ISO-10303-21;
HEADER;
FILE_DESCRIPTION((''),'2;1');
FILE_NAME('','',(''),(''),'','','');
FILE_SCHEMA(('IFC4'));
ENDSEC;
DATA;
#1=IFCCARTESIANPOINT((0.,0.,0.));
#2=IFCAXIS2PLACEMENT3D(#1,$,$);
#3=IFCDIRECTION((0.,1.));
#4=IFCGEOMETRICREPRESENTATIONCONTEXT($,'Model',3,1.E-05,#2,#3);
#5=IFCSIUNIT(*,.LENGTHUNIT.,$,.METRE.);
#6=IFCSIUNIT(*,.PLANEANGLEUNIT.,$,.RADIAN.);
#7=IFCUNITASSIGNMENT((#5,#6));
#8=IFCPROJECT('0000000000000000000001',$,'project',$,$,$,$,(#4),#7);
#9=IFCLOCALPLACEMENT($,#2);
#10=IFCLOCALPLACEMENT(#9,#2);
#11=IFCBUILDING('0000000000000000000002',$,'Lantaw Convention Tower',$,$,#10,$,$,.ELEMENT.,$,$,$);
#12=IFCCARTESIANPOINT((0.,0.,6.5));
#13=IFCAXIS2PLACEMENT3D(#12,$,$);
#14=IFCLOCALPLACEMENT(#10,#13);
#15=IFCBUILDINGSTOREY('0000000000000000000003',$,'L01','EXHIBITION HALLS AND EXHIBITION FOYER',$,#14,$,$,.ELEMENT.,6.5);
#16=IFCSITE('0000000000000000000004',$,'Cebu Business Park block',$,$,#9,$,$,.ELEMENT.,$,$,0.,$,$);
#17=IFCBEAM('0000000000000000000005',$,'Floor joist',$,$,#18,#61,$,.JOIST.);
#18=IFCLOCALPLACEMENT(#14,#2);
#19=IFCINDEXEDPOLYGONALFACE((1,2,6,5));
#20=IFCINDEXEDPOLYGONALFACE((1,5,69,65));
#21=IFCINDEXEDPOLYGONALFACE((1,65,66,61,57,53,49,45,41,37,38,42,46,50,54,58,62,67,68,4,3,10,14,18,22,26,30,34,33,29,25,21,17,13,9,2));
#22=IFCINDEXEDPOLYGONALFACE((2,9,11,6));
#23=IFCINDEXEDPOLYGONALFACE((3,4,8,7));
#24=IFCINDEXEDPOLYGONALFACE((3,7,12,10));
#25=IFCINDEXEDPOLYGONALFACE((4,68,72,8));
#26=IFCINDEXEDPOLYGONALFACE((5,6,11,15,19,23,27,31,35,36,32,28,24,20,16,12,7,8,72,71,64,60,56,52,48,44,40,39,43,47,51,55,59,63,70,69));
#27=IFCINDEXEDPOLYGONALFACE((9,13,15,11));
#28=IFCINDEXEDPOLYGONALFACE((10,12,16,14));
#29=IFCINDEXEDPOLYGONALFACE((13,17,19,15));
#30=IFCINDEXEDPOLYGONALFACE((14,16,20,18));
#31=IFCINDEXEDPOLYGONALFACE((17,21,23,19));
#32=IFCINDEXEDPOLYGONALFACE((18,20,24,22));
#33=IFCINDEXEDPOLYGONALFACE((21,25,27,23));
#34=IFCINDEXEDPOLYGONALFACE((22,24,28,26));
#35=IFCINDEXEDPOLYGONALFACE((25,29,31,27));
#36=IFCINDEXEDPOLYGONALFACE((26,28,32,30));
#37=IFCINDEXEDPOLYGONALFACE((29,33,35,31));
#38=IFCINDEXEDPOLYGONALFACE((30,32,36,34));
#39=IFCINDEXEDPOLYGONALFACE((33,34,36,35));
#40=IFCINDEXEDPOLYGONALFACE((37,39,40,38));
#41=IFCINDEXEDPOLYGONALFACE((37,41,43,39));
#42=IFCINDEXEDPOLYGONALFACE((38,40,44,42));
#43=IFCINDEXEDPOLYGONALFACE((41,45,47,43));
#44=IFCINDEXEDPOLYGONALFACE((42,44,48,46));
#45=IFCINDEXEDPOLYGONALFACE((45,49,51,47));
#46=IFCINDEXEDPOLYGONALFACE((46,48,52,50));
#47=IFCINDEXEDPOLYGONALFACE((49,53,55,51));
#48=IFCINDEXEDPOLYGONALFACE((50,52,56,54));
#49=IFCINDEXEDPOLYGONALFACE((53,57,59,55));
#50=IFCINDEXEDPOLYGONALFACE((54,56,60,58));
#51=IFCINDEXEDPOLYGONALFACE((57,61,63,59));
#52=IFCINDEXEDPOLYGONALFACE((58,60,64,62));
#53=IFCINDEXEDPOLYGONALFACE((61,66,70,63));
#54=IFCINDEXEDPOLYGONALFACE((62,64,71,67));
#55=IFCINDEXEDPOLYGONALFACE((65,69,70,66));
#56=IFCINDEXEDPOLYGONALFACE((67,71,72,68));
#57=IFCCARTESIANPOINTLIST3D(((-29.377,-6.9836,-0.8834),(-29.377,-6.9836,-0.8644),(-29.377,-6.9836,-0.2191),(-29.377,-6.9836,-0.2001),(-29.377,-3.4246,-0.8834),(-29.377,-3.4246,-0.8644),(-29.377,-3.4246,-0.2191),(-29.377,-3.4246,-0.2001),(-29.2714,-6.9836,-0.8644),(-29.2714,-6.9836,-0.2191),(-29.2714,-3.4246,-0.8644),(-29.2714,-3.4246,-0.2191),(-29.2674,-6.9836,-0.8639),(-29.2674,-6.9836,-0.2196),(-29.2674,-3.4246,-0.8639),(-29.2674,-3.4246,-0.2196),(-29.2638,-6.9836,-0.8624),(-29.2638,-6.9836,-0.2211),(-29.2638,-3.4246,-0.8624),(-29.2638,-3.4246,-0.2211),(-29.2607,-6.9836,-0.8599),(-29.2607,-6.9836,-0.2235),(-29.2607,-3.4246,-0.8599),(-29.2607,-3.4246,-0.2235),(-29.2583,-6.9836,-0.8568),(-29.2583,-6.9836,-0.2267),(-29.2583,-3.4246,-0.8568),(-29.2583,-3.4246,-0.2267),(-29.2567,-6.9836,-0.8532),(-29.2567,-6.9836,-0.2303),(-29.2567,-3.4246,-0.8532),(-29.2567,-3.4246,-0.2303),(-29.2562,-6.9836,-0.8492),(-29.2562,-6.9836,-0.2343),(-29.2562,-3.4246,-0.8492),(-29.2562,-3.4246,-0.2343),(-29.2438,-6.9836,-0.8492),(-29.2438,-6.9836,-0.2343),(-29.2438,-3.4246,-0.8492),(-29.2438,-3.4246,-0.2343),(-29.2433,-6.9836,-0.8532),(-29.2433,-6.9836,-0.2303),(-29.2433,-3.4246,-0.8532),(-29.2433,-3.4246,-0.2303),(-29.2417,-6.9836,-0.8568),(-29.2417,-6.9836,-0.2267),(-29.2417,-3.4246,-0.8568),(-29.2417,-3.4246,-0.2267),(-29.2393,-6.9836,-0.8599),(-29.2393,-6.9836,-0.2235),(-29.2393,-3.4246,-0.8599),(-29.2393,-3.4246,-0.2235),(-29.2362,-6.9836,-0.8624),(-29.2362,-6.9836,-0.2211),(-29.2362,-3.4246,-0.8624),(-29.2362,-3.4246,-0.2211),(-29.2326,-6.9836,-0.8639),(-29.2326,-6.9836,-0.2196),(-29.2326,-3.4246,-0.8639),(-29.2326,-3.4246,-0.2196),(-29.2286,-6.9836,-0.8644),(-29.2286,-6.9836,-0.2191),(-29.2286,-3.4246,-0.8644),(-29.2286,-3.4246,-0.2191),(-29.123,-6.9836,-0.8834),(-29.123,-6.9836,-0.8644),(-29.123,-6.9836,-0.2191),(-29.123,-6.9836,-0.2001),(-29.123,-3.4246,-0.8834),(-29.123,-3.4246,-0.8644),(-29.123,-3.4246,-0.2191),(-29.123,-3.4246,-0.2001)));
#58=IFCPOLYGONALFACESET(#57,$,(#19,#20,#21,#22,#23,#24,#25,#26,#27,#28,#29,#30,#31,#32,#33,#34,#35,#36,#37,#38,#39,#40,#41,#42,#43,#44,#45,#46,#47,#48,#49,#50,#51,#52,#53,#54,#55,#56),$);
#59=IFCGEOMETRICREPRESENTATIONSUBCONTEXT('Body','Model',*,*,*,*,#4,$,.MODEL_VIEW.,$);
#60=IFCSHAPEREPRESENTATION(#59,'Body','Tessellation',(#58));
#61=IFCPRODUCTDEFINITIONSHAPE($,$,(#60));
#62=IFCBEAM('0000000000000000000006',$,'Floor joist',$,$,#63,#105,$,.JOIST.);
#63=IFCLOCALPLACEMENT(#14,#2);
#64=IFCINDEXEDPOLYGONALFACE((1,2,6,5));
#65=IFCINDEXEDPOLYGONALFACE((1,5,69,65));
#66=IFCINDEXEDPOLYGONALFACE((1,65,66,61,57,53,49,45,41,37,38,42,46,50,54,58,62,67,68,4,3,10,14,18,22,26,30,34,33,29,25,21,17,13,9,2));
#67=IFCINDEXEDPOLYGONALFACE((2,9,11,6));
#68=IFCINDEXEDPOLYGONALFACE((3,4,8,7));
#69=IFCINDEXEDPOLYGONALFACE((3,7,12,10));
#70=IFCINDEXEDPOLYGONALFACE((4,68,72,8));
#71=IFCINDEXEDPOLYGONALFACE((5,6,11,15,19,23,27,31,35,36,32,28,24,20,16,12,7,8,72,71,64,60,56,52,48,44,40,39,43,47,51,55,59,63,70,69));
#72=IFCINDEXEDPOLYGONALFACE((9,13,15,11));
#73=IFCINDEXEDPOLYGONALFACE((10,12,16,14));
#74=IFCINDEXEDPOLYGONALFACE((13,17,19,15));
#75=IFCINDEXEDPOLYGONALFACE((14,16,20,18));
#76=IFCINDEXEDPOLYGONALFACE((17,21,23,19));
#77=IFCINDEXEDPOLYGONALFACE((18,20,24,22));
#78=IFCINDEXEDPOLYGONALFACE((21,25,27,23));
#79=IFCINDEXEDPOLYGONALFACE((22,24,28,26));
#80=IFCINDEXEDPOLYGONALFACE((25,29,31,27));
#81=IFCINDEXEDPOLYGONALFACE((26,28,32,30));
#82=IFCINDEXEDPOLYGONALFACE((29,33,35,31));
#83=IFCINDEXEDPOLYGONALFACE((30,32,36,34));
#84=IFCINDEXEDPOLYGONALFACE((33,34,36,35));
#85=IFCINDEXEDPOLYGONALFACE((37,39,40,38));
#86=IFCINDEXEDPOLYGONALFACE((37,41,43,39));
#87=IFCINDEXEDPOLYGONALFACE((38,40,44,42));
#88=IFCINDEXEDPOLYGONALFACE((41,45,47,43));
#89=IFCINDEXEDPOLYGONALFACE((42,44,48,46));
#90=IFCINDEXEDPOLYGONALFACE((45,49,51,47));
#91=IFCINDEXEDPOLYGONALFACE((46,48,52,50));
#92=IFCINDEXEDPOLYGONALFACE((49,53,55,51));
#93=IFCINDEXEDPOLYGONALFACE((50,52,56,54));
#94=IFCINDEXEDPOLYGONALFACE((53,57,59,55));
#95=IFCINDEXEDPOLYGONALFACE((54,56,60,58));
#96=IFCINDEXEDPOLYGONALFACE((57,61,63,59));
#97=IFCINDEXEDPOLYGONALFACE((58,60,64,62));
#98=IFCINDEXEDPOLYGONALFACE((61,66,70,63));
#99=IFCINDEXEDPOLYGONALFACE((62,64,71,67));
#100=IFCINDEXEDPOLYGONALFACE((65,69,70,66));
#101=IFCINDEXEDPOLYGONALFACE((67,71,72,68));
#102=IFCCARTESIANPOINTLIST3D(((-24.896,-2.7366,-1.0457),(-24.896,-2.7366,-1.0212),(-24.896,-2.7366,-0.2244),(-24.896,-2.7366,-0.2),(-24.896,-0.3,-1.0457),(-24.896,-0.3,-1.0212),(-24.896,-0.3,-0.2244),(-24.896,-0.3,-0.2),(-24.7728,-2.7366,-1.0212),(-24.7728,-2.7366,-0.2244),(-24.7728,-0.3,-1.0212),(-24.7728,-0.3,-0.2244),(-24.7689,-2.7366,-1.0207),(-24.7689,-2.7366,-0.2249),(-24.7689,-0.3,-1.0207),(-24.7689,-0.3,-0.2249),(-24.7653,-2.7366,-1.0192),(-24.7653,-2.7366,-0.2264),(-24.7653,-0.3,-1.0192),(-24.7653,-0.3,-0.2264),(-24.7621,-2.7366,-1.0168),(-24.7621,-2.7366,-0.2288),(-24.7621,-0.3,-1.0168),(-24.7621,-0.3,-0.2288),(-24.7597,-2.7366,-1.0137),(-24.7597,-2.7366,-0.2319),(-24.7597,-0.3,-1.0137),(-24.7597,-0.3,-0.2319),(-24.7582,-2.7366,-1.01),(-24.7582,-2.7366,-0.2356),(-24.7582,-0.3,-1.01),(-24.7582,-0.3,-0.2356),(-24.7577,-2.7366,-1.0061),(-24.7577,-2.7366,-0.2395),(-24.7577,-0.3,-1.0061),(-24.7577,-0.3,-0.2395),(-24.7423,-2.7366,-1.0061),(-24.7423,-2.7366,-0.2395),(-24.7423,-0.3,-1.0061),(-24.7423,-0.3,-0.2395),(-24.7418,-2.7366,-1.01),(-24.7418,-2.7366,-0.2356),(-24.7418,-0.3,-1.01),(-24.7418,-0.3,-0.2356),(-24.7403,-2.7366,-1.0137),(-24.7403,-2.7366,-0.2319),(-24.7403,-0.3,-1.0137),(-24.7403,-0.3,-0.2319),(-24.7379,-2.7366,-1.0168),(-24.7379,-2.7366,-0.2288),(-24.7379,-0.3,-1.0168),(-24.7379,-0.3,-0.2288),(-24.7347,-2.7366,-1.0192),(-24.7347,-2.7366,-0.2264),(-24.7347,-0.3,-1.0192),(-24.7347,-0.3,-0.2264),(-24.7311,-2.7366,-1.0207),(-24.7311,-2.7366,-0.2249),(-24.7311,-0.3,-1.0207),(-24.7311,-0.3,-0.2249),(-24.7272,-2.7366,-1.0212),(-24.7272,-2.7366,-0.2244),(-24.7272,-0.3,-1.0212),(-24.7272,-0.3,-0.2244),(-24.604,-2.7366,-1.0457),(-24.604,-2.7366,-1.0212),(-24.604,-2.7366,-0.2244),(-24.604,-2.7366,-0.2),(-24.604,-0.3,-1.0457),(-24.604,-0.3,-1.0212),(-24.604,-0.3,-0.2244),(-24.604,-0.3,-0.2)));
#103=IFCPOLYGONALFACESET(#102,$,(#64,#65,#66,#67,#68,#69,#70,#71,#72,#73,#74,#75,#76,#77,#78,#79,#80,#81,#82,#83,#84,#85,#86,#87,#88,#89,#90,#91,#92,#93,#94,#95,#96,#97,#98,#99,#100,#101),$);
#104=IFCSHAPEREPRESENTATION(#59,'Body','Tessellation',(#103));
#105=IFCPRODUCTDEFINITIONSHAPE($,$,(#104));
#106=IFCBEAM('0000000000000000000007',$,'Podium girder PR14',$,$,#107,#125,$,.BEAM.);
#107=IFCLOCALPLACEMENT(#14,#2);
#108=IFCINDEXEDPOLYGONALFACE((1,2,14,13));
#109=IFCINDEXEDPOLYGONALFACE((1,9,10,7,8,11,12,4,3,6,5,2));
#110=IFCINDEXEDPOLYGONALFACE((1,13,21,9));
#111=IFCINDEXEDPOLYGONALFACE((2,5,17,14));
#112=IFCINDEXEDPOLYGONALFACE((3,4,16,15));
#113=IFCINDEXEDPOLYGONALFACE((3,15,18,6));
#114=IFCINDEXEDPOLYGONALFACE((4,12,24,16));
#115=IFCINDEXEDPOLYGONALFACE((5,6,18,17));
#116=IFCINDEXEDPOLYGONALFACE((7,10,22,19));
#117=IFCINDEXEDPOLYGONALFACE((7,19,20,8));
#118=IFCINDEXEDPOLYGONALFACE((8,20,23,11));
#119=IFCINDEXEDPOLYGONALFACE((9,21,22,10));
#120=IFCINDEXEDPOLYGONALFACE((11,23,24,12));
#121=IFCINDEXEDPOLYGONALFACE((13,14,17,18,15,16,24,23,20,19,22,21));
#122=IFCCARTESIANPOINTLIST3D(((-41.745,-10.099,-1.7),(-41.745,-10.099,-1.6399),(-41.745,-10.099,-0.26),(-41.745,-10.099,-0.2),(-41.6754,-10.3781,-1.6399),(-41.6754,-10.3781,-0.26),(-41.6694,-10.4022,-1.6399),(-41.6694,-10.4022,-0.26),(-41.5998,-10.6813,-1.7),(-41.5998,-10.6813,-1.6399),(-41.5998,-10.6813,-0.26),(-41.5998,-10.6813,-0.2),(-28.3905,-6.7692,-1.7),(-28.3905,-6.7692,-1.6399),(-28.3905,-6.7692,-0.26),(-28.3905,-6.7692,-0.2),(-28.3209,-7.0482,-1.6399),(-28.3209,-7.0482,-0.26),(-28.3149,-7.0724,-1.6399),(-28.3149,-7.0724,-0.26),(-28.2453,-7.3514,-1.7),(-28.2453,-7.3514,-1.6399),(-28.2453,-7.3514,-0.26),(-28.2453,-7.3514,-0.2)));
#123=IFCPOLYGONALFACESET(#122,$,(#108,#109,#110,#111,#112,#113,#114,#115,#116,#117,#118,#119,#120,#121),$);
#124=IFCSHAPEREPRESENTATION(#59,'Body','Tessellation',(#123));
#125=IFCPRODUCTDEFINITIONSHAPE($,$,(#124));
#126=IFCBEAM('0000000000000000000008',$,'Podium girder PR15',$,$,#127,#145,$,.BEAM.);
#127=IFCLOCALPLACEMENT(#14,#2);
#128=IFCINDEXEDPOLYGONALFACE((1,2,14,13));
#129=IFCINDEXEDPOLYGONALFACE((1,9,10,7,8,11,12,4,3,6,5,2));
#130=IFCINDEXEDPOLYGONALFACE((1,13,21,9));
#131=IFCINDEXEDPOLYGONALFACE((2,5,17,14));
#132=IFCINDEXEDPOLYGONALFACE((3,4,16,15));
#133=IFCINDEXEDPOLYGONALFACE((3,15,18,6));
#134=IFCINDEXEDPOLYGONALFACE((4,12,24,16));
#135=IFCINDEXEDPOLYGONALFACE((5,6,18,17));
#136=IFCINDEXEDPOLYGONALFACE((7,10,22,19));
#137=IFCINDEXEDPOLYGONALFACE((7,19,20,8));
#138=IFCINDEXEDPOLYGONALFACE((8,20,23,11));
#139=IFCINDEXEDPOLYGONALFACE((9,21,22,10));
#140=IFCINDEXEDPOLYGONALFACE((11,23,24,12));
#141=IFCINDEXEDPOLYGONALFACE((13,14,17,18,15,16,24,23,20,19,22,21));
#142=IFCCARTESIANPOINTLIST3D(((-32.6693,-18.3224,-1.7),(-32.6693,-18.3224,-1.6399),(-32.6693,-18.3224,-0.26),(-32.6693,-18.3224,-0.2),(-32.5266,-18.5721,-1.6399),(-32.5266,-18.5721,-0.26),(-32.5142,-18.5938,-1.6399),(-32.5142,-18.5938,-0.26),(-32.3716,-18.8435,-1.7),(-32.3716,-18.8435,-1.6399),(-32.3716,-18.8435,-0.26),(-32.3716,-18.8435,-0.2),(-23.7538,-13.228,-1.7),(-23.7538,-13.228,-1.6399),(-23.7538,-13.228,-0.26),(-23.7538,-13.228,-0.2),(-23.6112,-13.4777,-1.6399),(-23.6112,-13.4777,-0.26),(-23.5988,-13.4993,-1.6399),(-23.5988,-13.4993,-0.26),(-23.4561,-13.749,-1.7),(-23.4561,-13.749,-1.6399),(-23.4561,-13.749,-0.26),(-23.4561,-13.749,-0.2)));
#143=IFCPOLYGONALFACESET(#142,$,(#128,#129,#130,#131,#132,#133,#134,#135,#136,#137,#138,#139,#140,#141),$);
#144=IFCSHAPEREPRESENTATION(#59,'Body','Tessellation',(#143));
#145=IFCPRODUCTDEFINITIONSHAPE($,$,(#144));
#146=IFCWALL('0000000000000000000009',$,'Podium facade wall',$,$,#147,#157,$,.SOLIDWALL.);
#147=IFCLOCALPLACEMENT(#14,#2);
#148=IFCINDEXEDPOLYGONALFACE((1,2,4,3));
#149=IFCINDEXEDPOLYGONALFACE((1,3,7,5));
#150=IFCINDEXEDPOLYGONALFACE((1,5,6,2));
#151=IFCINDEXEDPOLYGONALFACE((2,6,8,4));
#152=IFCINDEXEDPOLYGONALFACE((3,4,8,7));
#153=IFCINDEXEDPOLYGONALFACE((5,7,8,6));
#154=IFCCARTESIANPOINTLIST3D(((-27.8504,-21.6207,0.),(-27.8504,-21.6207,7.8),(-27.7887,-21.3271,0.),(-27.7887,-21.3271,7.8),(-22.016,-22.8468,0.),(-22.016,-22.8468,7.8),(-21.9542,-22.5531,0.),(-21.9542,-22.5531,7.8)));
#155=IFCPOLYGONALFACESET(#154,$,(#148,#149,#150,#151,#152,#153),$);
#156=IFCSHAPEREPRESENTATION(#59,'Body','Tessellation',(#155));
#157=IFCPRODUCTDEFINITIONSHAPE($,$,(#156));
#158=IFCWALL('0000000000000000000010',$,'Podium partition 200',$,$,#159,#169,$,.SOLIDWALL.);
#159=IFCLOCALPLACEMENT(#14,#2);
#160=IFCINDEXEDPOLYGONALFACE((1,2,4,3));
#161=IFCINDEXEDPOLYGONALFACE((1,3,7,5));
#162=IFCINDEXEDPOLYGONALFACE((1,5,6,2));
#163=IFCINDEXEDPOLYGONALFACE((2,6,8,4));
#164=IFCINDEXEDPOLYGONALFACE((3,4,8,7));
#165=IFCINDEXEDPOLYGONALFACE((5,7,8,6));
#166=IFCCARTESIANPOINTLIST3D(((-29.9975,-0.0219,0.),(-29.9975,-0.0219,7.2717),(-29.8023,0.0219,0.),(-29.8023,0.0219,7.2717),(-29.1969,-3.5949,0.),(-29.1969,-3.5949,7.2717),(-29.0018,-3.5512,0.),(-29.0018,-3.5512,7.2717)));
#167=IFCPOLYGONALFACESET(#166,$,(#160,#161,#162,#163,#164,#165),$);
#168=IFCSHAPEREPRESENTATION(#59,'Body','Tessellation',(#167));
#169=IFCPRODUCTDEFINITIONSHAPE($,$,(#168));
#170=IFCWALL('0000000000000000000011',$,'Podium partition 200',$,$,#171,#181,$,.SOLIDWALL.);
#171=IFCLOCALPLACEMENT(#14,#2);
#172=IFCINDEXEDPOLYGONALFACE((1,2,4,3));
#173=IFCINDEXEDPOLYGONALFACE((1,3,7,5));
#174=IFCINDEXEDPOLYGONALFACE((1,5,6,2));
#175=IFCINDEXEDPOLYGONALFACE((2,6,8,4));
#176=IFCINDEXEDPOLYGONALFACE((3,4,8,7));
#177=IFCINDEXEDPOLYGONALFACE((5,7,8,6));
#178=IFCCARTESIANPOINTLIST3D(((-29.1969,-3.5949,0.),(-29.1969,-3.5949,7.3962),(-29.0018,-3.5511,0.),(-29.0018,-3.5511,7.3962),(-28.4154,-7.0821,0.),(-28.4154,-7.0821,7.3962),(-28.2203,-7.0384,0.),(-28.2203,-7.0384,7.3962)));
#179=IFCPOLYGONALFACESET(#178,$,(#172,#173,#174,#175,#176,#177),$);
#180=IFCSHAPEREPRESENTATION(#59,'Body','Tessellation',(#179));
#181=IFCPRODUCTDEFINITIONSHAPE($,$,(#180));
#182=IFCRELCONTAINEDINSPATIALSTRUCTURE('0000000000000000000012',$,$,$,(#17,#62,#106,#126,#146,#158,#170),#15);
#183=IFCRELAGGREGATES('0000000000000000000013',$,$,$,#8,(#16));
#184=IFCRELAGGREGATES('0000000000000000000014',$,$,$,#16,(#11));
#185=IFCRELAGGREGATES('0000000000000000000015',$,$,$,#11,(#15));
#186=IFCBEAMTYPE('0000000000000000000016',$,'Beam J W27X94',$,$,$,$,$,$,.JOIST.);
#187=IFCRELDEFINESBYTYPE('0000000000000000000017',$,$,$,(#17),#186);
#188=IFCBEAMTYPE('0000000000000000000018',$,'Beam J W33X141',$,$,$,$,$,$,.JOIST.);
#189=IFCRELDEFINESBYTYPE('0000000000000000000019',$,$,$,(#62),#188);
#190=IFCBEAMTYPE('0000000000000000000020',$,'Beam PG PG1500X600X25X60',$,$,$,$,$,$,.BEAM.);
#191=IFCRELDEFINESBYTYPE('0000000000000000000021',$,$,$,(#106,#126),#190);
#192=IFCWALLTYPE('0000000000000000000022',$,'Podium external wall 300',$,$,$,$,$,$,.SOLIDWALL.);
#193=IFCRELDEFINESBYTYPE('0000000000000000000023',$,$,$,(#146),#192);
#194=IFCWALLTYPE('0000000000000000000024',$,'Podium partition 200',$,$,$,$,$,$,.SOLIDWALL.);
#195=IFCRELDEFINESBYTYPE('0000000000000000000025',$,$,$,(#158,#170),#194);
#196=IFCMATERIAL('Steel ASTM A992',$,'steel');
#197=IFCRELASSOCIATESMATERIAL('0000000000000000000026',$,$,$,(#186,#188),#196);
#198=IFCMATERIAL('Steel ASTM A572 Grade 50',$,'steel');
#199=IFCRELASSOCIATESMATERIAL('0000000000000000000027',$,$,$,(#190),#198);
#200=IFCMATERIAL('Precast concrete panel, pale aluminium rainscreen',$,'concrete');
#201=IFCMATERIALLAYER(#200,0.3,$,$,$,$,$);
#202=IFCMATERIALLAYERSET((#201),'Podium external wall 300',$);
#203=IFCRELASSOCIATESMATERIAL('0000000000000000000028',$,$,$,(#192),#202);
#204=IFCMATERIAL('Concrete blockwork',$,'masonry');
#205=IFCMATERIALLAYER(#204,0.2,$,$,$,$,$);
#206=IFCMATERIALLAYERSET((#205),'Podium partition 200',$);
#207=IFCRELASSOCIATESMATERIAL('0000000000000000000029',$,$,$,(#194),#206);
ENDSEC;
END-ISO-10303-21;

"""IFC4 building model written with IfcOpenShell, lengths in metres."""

from ifc_helpers import new_model, si_unit, direction, frame, frame_2d, origin, origin_2d, place, context, subcontext, project, spatial, rectangle, i_section, extrude, material, layer, layer_set, material_profile, profile_set, type_object, element, save


model = new_model("IFC4")

# Units and contexts
model_context = context("Model", 3, precision=1e-05, world=origin(), true_north=direction((0.0, 1.0)))
body_context = subcontext(model_context, "Body", "Model", "MODEL_VIEW")
ifc_project = project(units=[si_unit("LENGTHUNIT", "METRE"), si_unit("PLANEANGLEUNIT", "RADIAN")], contexts=[model_context])

# Site, building, storey
site_placement = place(None, origin())
site = spatial("IfcSite", under=ifc_project, at=site_placement, Name="Cebu Business Park block", CompositionType="ELEMENT", RefElevation=0.0)
building_placement = place(site_placement, origin())
building = spatial("IfcBuilding", under=site, at=building_placement, Name="Lantaw Convention Tower", CompositionType="ELEMENT")
storey_placement = place(building_placement, frame((0.0, 0.0, 6.5)))
storey = spatial("IfcBuildingStorey", under=building, at=storey_placement, Name="L01", Description="EXHIBITION HALLS AND EXHIBITION FOYER", CompositionType="ELEMENT", Elevation=6.5)

# Shared definitions
ifc_material_1 = material(Name="Steel ASTM A572 Grade 50", Category="steel")

# Beams
ifc_material_2 = material(Name="Steel ASTM A992", Category="steel")
ifc_material_profile_1 = material_profile(ifc_material_2, i_section(OverallWidth=0.2539, OverallDepth=0.6833, WebThickness=0.0125, FlangeThickness=0.019, FilletRadius=0.0151, at=origin_2d()), Name="W27X94")
ifc_profile_set_1 = profile_set([ifc_material_profile_1], Name="Steel ASTM A992")
beam_type_1 = type_object("IfcBeamType", Name="Beam J W27X94", PredefinedType="JOIST", material=ifc_profile_set_1)
beam_1_placement = place(storey_placement, frame((-29.25, -6.9836, -0.5417), z_axis=(0.0, 1.0, 0.0), x_axis=(-1.0, 0.0, 0.0)))
element("IfcBeam", 1, at=beam_1_placement, inside=storey, type_object=beam_type_1, Name="Floor joist", PredefinedType="JOIST", context=body_context, shape_type="SweptSolid", body=[
    extrude(i_section(OverallWidth=0.2539, OverallDepth=0.6833, WebThickness=0.0125, FlangeThickness=0.019, FilletRadius=0.0151, at=origin_2d()), origin(), (0.0, 0.0, 1.0), 3.5591),
])
ifc_material_profile_2 = material_profile(ifc_material_2, i_section(OverallWidth=0.292, OverallDepth=0.8457, WebThickness=0.0154, FlangeThickness=0.0244, FilletRadius=0.0151, at=origin_2d()), Name="W33X141")
ifc_profile_set_2 = profile_set([ifc_material_profile_2], Name="Steel ASTM A992")
beam_type_2 = type_object("IfcBeamType", Name="Beam J W33X141", PredefinedType="JOIST", material=ifc_profile_set_2)
beam_2_placement = place(storey_placement, frame((-24.75, -2.7366, -0.6228), z_axis=(0.0, 1.0, 0.0), x_axis=(-1.0, 0.0, 0.0)))
element("IfcBeam", 2, at=beam_2_placement, inside=storey, type_object=beam_type_2, Name="Floor joist", PredefinedType="JOIST", context=body_context, shape_type="SweptSolid", body=[
    extrude(i_section(OverallWidth=0.292, OverallDepth=0.8457, WebThickness=0.0154, FlangeThickness=0.0244, FilletRadius=0.0151, at=origin_2d()), origin(), (0.0, 0.0, 1.0), 2.4365),
])
ifc_material_profile_3 = material_profile(ifc_material_1, i_section(OverallWidth=0.6001, OverallDepth=1.5, WebThickness=0.0249, FlangeThickness=0.0601, at=origin_2d()), Name="PG1500X600X25X60")
ifc_profile_set_3 = profile_set([ifc_material_profile_3], Name="Steel ASTM A572 Grade 50")
beam_type_3 = type_object("IfcBeamType", Name="Beam PG PG1500X600X25X60", PredefinedType="BEAM", material=ifc_profile_set_3)
beam_3_placement = place(storey_placement, frame((-28.3179, -7.0603, -0.95), z_axis=(-0.970293, -0.241935, 0.0), x_axis=(0.241935, -0.970293, 0.0)))
element("IfcBeam", 3, at=beam_3_placement, inside=storey, type_object=beam_type_3, Name="Podium girder PR14", PredefinedType="BEAM", context=body_context, shape_type="SweptSolid", body=[
    extrude(i_section(OverallWidth=0.6001, OverallDepth=1.5, WebThickness=0.0249, FlangeThickness=0.0601, at=origin_2d()), origin(), (0.0, 0.0, 1.0), 13.7634),
])
beam_4_placement = place(storey_placement, frame((-23.605, -13.4885, -0.95), z_axis=(-0.868248, -0.496131, 0.0), x_axis=(0.496131, -0.868248, 0.0)))
element("IfcBeam", 4, at=beam_4_placement, inside=storey, type_object=beam_type_3, Name="Podium girder PR15", PredefinedType="BEAM", context=body_context, shape_type="SweptSolid", body=[
    extrude(i_section(OverallWidth=0.6001, OverallDepth=1.5, WebThickness=0.0249, FlangeThickness=0.0601, at=origin_2d()), origin(), (0.0, 0.0, 1.0), 10.2683),
])

# Walls
ifc_material_3 = material(Name="Precast concrete panel, pale aluminium rainscreen", Category="concrete")
ifc_layer_1 = layer(ifc_material_3, 0.3)
ifc_layer_set_1 = layer_set([ifc_layer_1], Name="Podium external wall 300")
wall_type_1 = type_object("IfcWallType", Name="Podium external wall 300", PredefinedType="SOLIDWALL", material=ifc_layer_set_1)
wall_1_placement = place(storey_placement, frame((-27.8196, -21.4739, 0.0), z_axis=(0.0, 0.0, 1.0), x_axis=(0.978625, -0.205651, 0.0)))
element("IfcWall", 5, at=wall_1_placement, inside=storey, type_object=wall_type_1, Name="Podium facade wall", PredefinedType="SOLIDWALL", context=body_context, shape_type="SweptSolid", body=[
    extrude(rectangle(XDim=5.9619, YDim=0.3, at=frame_2d((2.981, 0.0))), origin(), (0.0, 0.0, 1.0), 7.8),
])
ifc_material_4 = material(Name="Concrete blockwork", Category="masonry")
ifc_layer_2 = layer(ifc_material_4, 0.2)
ifc_layer_set_2 = layer_set([ifc_layer_2], Name="Podium partition 200")
wall_type_2 = type_object("IfcWallType", Name="Podium partition 200", PredefinedType="SOLIDWALL", material=ifc_layer_set_2)
wall_2_placement = place(storey_placement, frame((-29.8999, 0.0, 0.0), z_axis=(0.0, 0.0, 1.0), x_axis=(0.218632, -0.975807, 0.0)))
element("IfcWall", 6, at=wall_2_placement, inside=storey, type_object=wall_type_2, Name="Podium partition 200", PredefinedType="SOLIDWALL", context=body_context, shape_type="SweptSolid", body=[
    extrude(rectangle(XDim=3.6616, YDim=0.2, at=frame_2d((1.8308, 0.0))), origin(), (0.0, 0.0, 1.0), 7.2717),
])
wall_3_placement = place(storey_placement, frame((-29.0994, -3.573, 0.0), z_axis=(0.0, 0.0, 1.0), x_axis=(0.218673, -0.975798, 0.0)))
element("IfcWall", 7, at=wall_3_placement, inside=storey, type_object=wall_type_2, Name="Podium partition 200", PredefinedType="SOLIDWALL", context=body_context, shape_type="SweptSolid", body=[
    extrude(rectangle(XDim=3.5737, YDim=0.2, at=frame_2d((1.7869, 0.0))), origin(), (0.0, 0.0, 1.0), 7.3962),
])

save(model, "model.ifc")
